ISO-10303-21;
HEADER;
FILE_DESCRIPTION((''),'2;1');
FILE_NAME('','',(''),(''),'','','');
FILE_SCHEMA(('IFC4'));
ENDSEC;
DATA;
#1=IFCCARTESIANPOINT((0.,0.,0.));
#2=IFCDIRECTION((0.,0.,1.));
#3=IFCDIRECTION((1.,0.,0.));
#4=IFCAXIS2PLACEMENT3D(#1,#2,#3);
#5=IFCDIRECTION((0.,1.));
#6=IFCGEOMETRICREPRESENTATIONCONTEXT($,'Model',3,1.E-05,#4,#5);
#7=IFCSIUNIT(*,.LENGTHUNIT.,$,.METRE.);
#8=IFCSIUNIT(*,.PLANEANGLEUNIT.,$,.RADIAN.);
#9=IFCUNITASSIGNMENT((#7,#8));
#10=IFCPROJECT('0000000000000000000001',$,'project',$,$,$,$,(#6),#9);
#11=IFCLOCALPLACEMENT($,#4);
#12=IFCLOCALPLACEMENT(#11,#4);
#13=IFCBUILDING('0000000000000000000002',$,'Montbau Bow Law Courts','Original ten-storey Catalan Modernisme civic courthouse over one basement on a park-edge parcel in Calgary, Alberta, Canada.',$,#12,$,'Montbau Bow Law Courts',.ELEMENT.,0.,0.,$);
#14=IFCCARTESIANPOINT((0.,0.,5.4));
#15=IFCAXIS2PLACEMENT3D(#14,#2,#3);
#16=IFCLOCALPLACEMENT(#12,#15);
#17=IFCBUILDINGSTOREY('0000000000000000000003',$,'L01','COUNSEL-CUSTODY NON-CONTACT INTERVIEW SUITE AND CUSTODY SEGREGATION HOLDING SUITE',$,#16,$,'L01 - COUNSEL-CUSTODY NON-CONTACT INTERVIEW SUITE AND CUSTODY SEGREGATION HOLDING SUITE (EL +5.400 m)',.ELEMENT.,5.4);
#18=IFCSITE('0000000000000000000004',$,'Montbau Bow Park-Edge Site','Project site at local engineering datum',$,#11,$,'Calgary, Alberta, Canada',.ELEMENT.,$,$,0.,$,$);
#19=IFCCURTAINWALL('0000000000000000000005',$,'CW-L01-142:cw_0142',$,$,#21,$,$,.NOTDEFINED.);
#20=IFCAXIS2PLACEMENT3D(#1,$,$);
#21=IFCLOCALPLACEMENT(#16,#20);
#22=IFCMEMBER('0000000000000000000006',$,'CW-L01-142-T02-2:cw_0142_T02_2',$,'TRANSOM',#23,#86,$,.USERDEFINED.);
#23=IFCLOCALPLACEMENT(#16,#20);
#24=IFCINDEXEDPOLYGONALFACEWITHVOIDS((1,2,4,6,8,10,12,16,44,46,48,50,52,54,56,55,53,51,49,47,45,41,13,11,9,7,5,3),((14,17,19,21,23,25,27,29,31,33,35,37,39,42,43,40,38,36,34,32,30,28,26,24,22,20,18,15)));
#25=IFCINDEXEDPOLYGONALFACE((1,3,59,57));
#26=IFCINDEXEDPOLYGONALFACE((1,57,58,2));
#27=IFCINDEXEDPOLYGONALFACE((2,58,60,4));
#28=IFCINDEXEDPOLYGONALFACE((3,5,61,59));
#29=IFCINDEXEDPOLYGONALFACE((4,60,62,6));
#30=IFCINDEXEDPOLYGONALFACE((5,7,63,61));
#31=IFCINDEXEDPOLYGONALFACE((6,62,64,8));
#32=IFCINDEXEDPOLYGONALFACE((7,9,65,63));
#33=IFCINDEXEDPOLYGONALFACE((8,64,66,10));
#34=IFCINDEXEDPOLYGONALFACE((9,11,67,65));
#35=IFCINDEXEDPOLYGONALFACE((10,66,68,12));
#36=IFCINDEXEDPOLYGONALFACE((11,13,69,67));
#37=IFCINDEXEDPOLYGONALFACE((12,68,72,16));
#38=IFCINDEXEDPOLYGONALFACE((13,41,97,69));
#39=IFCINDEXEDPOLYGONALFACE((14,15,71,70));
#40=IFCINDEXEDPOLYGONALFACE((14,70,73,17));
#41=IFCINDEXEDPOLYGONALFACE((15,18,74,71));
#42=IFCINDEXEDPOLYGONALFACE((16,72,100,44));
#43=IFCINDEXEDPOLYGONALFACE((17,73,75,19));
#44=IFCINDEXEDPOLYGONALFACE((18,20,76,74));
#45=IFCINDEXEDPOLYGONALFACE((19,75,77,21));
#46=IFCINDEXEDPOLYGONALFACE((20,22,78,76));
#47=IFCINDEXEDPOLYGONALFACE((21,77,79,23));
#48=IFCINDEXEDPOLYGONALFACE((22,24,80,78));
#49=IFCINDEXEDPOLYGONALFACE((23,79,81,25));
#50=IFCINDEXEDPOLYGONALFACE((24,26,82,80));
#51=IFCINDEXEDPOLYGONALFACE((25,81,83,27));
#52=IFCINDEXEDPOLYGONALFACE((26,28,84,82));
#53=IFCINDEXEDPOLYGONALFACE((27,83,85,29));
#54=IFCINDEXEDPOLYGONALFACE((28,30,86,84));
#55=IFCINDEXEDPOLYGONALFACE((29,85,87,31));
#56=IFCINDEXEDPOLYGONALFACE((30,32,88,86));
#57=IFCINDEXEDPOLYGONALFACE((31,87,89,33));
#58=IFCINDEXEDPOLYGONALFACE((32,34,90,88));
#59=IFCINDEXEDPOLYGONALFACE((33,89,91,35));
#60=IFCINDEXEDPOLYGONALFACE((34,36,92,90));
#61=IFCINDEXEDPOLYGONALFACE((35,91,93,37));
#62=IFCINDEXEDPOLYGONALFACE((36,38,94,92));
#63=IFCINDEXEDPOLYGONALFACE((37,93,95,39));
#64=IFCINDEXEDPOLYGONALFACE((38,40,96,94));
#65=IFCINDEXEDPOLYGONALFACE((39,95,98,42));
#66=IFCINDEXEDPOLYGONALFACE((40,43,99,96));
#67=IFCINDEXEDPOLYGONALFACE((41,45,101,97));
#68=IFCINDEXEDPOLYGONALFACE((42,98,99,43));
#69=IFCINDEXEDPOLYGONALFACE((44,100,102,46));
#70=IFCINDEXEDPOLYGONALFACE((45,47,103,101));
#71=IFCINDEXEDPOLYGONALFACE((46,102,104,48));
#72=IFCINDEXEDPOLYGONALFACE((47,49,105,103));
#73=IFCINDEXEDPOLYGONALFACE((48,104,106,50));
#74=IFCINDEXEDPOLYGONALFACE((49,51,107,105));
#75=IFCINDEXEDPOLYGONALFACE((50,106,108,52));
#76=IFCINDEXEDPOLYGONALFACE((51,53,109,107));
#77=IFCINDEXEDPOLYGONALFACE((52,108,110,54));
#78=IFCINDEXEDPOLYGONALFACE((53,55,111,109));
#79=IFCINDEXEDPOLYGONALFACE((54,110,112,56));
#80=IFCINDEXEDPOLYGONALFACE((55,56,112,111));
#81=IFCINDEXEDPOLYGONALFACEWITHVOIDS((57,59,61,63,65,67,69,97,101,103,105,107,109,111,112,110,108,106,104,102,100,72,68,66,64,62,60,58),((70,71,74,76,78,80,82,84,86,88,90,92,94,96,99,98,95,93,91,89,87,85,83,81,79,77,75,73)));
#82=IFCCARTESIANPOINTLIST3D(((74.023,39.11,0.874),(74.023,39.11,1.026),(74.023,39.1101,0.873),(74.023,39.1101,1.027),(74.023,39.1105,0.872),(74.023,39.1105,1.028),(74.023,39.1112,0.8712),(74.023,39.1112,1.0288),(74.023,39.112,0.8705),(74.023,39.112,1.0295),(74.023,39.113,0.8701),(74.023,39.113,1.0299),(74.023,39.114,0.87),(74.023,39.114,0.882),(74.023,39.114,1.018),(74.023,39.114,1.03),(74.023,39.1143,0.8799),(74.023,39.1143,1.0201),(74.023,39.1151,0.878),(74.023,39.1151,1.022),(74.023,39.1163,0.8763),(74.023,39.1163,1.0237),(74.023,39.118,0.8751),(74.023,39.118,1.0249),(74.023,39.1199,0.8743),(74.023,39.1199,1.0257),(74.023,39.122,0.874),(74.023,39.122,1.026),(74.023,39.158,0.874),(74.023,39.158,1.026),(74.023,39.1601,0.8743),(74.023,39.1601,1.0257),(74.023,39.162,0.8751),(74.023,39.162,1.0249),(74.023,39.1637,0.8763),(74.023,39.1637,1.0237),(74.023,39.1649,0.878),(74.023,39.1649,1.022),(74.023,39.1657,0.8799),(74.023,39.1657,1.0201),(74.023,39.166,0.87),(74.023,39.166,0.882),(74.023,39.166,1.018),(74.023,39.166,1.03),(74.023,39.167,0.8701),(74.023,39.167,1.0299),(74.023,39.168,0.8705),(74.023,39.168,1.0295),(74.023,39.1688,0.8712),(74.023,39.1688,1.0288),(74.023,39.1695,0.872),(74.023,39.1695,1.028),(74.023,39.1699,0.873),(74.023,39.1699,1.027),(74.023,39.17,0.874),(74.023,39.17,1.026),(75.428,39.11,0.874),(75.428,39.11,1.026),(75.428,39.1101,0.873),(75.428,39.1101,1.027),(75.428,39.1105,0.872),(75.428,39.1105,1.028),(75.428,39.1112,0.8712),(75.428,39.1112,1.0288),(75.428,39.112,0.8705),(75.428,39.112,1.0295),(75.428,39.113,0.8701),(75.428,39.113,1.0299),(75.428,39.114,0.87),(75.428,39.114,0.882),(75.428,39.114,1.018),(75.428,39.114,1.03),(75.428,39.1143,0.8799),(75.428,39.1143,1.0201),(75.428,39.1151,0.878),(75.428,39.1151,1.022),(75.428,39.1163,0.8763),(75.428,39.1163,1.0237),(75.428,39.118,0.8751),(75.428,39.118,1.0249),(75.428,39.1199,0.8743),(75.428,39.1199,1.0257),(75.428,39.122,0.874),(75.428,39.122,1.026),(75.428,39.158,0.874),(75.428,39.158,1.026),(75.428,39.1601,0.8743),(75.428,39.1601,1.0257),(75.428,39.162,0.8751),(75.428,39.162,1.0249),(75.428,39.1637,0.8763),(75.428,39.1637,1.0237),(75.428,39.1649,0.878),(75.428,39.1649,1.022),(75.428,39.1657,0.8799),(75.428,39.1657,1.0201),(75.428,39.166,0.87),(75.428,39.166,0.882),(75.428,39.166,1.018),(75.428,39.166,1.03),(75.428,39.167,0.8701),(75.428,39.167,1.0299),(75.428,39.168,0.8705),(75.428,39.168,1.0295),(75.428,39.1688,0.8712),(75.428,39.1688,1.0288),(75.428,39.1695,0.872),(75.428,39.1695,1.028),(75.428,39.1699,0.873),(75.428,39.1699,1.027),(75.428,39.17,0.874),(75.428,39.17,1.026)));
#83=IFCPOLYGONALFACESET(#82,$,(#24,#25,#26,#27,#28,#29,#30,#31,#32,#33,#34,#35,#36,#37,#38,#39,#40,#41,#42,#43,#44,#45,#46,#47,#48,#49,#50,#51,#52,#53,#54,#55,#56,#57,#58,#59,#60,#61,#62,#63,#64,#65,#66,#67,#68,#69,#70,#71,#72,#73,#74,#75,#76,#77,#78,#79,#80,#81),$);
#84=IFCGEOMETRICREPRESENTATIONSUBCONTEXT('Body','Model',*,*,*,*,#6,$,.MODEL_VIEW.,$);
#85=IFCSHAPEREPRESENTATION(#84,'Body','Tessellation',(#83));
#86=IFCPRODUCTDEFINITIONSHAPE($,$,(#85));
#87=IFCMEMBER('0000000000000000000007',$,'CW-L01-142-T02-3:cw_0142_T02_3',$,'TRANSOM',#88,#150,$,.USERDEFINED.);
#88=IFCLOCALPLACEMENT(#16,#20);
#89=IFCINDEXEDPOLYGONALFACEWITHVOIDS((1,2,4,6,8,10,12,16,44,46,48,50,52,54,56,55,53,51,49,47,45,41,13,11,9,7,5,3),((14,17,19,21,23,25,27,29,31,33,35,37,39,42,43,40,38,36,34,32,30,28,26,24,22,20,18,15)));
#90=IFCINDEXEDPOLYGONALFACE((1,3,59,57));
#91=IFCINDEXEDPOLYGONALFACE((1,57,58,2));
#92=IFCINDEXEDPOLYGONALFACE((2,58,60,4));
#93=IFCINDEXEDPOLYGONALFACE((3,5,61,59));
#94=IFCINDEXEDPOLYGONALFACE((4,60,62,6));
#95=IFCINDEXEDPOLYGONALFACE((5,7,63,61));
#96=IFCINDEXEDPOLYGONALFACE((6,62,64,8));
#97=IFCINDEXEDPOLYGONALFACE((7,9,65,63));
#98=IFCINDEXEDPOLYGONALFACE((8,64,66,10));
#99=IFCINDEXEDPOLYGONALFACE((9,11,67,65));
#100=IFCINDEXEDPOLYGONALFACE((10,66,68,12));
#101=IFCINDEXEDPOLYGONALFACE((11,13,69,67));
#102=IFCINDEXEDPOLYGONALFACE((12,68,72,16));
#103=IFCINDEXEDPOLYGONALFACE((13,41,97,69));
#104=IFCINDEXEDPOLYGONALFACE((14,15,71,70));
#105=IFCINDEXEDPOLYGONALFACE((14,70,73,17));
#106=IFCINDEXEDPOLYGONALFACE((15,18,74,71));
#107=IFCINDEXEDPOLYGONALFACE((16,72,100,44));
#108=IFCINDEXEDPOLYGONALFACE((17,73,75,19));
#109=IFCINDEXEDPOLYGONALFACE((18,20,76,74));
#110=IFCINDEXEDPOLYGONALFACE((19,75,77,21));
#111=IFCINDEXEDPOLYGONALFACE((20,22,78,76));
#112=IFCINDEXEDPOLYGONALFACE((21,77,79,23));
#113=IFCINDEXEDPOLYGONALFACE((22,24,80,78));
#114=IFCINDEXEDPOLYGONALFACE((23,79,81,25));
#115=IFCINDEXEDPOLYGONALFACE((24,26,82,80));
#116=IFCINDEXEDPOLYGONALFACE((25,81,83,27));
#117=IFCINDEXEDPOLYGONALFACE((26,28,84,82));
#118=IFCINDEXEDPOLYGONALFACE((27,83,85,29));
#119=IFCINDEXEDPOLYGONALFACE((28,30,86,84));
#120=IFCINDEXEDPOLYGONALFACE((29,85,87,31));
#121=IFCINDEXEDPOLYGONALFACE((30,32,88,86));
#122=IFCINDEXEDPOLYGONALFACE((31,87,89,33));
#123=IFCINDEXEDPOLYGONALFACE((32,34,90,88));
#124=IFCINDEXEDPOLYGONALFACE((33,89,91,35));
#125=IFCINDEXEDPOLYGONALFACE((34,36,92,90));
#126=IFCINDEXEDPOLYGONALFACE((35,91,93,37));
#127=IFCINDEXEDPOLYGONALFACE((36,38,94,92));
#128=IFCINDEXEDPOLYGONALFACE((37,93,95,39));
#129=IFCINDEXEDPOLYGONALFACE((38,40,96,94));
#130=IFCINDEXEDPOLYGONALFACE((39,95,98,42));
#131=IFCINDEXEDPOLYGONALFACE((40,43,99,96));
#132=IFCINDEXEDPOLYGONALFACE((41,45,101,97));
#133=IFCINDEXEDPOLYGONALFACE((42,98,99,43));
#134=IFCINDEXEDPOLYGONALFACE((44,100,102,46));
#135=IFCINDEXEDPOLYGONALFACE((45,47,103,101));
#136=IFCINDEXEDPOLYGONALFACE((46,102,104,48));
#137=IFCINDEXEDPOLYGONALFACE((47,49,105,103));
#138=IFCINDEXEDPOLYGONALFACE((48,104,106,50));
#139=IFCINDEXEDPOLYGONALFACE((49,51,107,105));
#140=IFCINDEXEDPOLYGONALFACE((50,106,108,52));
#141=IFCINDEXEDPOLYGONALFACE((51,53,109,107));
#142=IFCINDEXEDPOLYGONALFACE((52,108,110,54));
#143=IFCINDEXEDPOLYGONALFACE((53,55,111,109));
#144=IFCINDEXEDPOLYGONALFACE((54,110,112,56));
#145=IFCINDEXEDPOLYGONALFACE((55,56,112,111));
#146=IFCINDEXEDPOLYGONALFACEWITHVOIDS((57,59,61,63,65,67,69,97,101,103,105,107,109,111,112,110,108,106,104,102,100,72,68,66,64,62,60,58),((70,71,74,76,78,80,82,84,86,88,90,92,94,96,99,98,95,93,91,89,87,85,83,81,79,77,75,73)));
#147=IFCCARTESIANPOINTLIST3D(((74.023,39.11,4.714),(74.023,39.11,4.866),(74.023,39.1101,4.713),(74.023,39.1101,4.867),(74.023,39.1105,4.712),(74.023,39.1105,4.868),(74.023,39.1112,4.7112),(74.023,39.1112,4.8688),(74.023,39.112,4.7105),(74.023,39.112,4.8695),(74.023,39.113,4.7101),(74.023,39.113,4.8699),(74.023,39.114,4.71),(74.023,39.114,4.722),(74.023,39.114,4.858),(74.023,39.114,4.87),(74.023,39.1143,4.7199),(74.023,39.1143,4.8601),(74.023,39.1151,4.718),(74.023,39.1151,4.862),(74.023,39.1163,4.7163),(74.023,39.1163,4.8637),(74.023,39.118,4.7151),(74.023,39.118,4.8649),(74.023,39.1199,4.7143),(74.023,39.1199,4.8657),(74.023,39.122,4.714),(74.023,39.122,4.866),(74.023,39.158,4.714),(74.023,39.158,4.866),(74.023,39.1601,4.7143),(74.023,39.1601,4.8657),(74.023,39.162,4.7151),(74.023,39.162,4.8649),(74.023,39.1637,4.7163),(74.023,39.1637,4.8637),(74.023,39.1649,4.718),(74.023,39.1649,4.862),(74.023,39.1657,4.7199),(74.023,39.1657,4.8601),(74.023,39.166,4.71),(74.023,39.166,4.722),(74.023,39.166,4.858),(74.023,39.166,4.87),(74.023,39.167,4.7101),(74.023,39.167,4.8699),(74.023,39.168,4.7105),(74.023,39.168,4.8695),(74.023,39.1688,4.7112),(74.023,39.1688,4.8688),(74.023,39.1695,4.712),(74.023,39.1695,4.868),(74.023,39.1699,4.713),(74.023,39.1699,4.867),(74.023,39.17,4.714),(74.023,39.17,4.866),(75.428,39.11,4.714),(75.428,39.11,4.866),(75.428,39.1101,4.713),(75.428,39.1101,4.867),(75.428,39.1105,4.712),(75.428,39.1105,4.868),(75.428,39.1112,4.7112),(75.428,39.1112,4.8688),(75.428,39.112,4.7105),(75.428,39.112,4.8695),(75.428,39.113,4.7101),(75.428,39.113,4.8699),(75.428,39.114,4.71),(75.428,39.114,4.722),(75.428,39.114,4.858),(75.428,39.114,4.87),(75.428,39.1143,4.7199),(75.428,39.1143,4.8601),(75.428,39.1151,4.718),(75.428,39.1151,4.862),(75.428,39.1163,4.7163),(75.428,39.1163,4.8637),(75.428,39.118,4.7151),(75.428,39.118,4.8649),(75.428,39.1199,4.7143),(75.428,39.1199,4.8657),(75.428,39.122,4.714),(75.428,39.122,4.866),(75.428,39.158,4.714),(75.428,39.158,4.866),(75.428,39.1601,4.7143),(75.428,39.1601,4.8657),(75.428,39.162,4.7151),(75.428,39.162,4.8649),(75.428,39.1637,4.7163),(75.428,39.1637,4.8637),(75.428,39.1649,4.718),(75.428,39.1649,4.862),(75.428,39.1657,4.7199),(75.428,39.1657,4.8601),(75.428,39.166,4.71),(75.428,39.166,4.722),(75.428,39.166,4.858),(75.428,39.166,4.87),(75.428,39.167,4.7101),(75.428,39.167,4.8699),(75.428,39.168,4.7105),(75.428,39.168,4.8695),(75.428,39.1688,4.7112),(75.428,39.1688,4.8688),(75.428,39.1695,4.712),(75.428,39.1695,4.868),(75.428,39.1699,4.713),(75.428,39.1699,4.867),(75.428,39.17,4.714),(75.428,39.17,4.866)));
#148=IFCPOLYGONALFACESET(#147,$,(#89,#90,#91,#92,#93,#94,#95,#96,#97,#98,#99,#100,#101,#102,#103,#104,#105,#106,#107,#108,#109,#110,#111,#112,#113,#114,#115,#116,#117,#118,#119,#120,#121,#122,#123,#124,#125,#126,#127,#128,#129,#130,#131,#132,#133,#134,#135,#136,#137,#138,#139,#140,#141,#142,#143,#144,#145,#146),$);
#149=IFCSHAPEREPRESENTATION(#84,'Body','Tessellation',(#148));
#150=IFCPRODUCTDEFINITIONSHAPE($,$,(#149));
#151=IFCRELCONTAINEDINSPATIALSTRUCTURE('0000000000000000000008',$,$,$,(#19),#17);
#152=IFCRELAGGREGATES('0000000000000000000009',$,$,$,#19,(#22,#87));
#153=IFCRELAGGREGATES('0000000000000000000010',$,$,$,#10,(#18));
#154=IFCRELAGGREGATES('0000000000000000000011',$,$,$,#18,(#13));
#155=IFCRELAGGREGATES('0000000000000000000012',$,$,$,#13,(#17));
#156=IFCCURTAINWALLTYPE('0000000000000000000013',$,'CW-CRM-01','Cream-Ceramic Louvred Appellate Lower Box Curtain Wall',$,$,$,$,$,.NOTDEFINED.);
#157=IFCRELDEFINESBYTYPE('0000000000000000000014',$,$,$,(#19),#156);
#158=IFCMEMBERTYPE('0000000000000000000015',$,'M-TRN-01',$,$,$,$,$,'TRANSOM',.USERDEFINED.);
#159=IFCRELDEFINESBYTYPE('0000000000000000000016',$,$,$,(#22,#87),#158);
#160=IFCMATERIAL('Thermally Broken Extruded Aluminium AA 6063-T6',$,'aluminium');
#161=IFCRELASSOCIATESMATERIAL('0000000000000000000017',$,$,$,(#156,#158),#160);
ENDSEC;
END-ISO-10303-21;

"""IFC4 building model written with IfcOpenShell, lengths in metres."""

from ifc_helpers import new_model, si_unit, direction, frame, origin_with_axes, origin_2d_with_axis, place, context, subcontext, project, spatial, hollow_rectangle, extrude, material, material_profile, profile_set, type_object, element, aggregate, save


model = new_model("IFC4")

# Units and contexts
model_context = context("Model", 3, precision=1e-05, world=origin_with_axes(), true_north=direction((0.0, 1.0)))
body_context = subcontext(model_context, "Body", "Model", "MODEL_VIEW")
ifc_project = project(units=[si_unit("LENGTHUNIT", "METRE"), si_unit("PLANEANGLEUNIT", "RADIAN")], contexts=[model_context])

# Site, building, storey
site_placement = place(None, origin_with_axes())
site = spatial("IfcSite", under=ifc_project, at=site_placement, Name="Montbau Bow Park-Edge Site", Description="Project site at local engineering datum", LongName="Calgary, Alberta, Canada", CompositionType="ELEMENT", RefElevation=0.0)
building_placement = place(site_placement, origin_with_axes())
building = spatial("IfcBuilding", under=site, at=building_placement, Name="Montbau Bow Law Courts", Description="Original ten-storey Catalan Modernisme civic courthouse over one basement on a park-edge parcel in Calgary, Alberta, Canada.", LongName="Montbau Bow Law Courts", CompositionType="ELEMENT", ElevationOfRefHeight=0.0, ElevationOfTerrain=0.0)
storey_placement = place(building_placement, frame((0.0, 0.0, 5.4), z_axis=(0.0, 0.0, 1.0), x_axis=(1.0, 0.0, 0.0)))
storey = spatial("IfcBuildingStorey", under=building, at=storey_placement, Name="L01", Description="COUNSEL-CUSTODY NON-CONTACT INTERVIEW SUITE AND CUSTODY SEGREGATION HOLDING SUITE", LongName="L01 - COUNSEL-CUSTODY NON-CONTACT INTERVIEW SUITE AND CUSTODY SEGREGATION HOLDING SUITE (EL +5.400 m)", CompositionType="ELEMENT", Elevation=5.4)

# Curtain wall, members
ifc_material_1 = material(Name="Thermally Broken Extruded Aluminium AA 6063-T6", Category="aluminium")
curtain_wall_type = type_object("IfcCurtainWallType", Name="CW-CRM-01", Description="Cream-Ceramic Louvred Appellate Lower Box Curtain Wall", PredefinedType="NOTDEFINED", material=ifc_material_1)
curtain_wall_placement = place(None, frame((72.515, 39.14, 5.4), z_axis=(0.0, 0.0, 1.0), x_axis=(1.0, 0.0, 0.0)))
curtain_wall = element("IfcCurtainWall", 1, at=curtain_wall_placement, inside=storey, type_object=curtain_wall_type, Name="CW-L01-142:cw_0142", PredefinedType="NOTDEFINED")
ifc_material_profile_1 = material_profile(ifc_material_1, hollow_rectangle(XDim=0.06, YDim=0.16, WallThickness=0.004, InnerFilletRadius=0.008, OuterFilletRadius=0.004, at=origin_2d_with_axis()), Name="CWT-160X60", Category="Main", Priority=0)
ifc_profile_set_1 = profile_set([ifc_material_profile_1], Name="Thermally Broken Extruded Aluminium AA 6063-T6")
member_type_1 = type_object("IfcMemberType", Name="M-TRN-01", ElementType="TRANSOM", PredefinedType="USERDEFINED", material=ifc_profile_set_1)
member_1_placement = place(None, frame((74.023, 39.14, 6.35), z_axis=(1.0, 0.0, 0.0), x_axis=(0.0, 1.0, 0.0)))
member_1 = element("IfcMember", 2, at=member_1_placement, type_object=member_type_1, Name="CW-L01-142-T02-2:cw_0142_T02_2", ObjectType="TRANSOM", PredefinedType="USERDEFINED", context=body_context, shape_type="SweptSolid", body=[
    extrude(hollow_rectangle(XDim=0.06, YDim=0.16, WallThickness=0.004, InnerFilletRadius=0.008, OuterFilletRadius=0.004, at=origin_2d_with_axis()), origin_with_axes(), (0.0, 0.0, 1.0), 1.405),
])
member_2_placement = place(None, frame((74.023, 39.14, 10.19), z_axis=(1.0, 0.0, 0.0), x_axis=(0.0, 1.0, 0.0)))
member_2 = element("IfcMember", 3, at=member_2_placement, type_object=member_type_1, Name="CW-L01-142-T02-3:cw_0142_T02_3", ObjectType="TRANSOM", PredefinedType="USERDEFINED", context=body_context, shape_type="SweptSolid", body=[
    extrude(hollow_rectangle(XDim=0.06, YDim=0.16, WallThickness=0.004, InnerFilletRadius=0.008, OuterFilletRadius=0.004, at=origin_2d_with_axis()), origin_with_axes(), (0.0, 0.0, 1.0), 1.405),
])
aggregate(curtain_wall, [member_1, member_2])

save(model, "model.ifc")
